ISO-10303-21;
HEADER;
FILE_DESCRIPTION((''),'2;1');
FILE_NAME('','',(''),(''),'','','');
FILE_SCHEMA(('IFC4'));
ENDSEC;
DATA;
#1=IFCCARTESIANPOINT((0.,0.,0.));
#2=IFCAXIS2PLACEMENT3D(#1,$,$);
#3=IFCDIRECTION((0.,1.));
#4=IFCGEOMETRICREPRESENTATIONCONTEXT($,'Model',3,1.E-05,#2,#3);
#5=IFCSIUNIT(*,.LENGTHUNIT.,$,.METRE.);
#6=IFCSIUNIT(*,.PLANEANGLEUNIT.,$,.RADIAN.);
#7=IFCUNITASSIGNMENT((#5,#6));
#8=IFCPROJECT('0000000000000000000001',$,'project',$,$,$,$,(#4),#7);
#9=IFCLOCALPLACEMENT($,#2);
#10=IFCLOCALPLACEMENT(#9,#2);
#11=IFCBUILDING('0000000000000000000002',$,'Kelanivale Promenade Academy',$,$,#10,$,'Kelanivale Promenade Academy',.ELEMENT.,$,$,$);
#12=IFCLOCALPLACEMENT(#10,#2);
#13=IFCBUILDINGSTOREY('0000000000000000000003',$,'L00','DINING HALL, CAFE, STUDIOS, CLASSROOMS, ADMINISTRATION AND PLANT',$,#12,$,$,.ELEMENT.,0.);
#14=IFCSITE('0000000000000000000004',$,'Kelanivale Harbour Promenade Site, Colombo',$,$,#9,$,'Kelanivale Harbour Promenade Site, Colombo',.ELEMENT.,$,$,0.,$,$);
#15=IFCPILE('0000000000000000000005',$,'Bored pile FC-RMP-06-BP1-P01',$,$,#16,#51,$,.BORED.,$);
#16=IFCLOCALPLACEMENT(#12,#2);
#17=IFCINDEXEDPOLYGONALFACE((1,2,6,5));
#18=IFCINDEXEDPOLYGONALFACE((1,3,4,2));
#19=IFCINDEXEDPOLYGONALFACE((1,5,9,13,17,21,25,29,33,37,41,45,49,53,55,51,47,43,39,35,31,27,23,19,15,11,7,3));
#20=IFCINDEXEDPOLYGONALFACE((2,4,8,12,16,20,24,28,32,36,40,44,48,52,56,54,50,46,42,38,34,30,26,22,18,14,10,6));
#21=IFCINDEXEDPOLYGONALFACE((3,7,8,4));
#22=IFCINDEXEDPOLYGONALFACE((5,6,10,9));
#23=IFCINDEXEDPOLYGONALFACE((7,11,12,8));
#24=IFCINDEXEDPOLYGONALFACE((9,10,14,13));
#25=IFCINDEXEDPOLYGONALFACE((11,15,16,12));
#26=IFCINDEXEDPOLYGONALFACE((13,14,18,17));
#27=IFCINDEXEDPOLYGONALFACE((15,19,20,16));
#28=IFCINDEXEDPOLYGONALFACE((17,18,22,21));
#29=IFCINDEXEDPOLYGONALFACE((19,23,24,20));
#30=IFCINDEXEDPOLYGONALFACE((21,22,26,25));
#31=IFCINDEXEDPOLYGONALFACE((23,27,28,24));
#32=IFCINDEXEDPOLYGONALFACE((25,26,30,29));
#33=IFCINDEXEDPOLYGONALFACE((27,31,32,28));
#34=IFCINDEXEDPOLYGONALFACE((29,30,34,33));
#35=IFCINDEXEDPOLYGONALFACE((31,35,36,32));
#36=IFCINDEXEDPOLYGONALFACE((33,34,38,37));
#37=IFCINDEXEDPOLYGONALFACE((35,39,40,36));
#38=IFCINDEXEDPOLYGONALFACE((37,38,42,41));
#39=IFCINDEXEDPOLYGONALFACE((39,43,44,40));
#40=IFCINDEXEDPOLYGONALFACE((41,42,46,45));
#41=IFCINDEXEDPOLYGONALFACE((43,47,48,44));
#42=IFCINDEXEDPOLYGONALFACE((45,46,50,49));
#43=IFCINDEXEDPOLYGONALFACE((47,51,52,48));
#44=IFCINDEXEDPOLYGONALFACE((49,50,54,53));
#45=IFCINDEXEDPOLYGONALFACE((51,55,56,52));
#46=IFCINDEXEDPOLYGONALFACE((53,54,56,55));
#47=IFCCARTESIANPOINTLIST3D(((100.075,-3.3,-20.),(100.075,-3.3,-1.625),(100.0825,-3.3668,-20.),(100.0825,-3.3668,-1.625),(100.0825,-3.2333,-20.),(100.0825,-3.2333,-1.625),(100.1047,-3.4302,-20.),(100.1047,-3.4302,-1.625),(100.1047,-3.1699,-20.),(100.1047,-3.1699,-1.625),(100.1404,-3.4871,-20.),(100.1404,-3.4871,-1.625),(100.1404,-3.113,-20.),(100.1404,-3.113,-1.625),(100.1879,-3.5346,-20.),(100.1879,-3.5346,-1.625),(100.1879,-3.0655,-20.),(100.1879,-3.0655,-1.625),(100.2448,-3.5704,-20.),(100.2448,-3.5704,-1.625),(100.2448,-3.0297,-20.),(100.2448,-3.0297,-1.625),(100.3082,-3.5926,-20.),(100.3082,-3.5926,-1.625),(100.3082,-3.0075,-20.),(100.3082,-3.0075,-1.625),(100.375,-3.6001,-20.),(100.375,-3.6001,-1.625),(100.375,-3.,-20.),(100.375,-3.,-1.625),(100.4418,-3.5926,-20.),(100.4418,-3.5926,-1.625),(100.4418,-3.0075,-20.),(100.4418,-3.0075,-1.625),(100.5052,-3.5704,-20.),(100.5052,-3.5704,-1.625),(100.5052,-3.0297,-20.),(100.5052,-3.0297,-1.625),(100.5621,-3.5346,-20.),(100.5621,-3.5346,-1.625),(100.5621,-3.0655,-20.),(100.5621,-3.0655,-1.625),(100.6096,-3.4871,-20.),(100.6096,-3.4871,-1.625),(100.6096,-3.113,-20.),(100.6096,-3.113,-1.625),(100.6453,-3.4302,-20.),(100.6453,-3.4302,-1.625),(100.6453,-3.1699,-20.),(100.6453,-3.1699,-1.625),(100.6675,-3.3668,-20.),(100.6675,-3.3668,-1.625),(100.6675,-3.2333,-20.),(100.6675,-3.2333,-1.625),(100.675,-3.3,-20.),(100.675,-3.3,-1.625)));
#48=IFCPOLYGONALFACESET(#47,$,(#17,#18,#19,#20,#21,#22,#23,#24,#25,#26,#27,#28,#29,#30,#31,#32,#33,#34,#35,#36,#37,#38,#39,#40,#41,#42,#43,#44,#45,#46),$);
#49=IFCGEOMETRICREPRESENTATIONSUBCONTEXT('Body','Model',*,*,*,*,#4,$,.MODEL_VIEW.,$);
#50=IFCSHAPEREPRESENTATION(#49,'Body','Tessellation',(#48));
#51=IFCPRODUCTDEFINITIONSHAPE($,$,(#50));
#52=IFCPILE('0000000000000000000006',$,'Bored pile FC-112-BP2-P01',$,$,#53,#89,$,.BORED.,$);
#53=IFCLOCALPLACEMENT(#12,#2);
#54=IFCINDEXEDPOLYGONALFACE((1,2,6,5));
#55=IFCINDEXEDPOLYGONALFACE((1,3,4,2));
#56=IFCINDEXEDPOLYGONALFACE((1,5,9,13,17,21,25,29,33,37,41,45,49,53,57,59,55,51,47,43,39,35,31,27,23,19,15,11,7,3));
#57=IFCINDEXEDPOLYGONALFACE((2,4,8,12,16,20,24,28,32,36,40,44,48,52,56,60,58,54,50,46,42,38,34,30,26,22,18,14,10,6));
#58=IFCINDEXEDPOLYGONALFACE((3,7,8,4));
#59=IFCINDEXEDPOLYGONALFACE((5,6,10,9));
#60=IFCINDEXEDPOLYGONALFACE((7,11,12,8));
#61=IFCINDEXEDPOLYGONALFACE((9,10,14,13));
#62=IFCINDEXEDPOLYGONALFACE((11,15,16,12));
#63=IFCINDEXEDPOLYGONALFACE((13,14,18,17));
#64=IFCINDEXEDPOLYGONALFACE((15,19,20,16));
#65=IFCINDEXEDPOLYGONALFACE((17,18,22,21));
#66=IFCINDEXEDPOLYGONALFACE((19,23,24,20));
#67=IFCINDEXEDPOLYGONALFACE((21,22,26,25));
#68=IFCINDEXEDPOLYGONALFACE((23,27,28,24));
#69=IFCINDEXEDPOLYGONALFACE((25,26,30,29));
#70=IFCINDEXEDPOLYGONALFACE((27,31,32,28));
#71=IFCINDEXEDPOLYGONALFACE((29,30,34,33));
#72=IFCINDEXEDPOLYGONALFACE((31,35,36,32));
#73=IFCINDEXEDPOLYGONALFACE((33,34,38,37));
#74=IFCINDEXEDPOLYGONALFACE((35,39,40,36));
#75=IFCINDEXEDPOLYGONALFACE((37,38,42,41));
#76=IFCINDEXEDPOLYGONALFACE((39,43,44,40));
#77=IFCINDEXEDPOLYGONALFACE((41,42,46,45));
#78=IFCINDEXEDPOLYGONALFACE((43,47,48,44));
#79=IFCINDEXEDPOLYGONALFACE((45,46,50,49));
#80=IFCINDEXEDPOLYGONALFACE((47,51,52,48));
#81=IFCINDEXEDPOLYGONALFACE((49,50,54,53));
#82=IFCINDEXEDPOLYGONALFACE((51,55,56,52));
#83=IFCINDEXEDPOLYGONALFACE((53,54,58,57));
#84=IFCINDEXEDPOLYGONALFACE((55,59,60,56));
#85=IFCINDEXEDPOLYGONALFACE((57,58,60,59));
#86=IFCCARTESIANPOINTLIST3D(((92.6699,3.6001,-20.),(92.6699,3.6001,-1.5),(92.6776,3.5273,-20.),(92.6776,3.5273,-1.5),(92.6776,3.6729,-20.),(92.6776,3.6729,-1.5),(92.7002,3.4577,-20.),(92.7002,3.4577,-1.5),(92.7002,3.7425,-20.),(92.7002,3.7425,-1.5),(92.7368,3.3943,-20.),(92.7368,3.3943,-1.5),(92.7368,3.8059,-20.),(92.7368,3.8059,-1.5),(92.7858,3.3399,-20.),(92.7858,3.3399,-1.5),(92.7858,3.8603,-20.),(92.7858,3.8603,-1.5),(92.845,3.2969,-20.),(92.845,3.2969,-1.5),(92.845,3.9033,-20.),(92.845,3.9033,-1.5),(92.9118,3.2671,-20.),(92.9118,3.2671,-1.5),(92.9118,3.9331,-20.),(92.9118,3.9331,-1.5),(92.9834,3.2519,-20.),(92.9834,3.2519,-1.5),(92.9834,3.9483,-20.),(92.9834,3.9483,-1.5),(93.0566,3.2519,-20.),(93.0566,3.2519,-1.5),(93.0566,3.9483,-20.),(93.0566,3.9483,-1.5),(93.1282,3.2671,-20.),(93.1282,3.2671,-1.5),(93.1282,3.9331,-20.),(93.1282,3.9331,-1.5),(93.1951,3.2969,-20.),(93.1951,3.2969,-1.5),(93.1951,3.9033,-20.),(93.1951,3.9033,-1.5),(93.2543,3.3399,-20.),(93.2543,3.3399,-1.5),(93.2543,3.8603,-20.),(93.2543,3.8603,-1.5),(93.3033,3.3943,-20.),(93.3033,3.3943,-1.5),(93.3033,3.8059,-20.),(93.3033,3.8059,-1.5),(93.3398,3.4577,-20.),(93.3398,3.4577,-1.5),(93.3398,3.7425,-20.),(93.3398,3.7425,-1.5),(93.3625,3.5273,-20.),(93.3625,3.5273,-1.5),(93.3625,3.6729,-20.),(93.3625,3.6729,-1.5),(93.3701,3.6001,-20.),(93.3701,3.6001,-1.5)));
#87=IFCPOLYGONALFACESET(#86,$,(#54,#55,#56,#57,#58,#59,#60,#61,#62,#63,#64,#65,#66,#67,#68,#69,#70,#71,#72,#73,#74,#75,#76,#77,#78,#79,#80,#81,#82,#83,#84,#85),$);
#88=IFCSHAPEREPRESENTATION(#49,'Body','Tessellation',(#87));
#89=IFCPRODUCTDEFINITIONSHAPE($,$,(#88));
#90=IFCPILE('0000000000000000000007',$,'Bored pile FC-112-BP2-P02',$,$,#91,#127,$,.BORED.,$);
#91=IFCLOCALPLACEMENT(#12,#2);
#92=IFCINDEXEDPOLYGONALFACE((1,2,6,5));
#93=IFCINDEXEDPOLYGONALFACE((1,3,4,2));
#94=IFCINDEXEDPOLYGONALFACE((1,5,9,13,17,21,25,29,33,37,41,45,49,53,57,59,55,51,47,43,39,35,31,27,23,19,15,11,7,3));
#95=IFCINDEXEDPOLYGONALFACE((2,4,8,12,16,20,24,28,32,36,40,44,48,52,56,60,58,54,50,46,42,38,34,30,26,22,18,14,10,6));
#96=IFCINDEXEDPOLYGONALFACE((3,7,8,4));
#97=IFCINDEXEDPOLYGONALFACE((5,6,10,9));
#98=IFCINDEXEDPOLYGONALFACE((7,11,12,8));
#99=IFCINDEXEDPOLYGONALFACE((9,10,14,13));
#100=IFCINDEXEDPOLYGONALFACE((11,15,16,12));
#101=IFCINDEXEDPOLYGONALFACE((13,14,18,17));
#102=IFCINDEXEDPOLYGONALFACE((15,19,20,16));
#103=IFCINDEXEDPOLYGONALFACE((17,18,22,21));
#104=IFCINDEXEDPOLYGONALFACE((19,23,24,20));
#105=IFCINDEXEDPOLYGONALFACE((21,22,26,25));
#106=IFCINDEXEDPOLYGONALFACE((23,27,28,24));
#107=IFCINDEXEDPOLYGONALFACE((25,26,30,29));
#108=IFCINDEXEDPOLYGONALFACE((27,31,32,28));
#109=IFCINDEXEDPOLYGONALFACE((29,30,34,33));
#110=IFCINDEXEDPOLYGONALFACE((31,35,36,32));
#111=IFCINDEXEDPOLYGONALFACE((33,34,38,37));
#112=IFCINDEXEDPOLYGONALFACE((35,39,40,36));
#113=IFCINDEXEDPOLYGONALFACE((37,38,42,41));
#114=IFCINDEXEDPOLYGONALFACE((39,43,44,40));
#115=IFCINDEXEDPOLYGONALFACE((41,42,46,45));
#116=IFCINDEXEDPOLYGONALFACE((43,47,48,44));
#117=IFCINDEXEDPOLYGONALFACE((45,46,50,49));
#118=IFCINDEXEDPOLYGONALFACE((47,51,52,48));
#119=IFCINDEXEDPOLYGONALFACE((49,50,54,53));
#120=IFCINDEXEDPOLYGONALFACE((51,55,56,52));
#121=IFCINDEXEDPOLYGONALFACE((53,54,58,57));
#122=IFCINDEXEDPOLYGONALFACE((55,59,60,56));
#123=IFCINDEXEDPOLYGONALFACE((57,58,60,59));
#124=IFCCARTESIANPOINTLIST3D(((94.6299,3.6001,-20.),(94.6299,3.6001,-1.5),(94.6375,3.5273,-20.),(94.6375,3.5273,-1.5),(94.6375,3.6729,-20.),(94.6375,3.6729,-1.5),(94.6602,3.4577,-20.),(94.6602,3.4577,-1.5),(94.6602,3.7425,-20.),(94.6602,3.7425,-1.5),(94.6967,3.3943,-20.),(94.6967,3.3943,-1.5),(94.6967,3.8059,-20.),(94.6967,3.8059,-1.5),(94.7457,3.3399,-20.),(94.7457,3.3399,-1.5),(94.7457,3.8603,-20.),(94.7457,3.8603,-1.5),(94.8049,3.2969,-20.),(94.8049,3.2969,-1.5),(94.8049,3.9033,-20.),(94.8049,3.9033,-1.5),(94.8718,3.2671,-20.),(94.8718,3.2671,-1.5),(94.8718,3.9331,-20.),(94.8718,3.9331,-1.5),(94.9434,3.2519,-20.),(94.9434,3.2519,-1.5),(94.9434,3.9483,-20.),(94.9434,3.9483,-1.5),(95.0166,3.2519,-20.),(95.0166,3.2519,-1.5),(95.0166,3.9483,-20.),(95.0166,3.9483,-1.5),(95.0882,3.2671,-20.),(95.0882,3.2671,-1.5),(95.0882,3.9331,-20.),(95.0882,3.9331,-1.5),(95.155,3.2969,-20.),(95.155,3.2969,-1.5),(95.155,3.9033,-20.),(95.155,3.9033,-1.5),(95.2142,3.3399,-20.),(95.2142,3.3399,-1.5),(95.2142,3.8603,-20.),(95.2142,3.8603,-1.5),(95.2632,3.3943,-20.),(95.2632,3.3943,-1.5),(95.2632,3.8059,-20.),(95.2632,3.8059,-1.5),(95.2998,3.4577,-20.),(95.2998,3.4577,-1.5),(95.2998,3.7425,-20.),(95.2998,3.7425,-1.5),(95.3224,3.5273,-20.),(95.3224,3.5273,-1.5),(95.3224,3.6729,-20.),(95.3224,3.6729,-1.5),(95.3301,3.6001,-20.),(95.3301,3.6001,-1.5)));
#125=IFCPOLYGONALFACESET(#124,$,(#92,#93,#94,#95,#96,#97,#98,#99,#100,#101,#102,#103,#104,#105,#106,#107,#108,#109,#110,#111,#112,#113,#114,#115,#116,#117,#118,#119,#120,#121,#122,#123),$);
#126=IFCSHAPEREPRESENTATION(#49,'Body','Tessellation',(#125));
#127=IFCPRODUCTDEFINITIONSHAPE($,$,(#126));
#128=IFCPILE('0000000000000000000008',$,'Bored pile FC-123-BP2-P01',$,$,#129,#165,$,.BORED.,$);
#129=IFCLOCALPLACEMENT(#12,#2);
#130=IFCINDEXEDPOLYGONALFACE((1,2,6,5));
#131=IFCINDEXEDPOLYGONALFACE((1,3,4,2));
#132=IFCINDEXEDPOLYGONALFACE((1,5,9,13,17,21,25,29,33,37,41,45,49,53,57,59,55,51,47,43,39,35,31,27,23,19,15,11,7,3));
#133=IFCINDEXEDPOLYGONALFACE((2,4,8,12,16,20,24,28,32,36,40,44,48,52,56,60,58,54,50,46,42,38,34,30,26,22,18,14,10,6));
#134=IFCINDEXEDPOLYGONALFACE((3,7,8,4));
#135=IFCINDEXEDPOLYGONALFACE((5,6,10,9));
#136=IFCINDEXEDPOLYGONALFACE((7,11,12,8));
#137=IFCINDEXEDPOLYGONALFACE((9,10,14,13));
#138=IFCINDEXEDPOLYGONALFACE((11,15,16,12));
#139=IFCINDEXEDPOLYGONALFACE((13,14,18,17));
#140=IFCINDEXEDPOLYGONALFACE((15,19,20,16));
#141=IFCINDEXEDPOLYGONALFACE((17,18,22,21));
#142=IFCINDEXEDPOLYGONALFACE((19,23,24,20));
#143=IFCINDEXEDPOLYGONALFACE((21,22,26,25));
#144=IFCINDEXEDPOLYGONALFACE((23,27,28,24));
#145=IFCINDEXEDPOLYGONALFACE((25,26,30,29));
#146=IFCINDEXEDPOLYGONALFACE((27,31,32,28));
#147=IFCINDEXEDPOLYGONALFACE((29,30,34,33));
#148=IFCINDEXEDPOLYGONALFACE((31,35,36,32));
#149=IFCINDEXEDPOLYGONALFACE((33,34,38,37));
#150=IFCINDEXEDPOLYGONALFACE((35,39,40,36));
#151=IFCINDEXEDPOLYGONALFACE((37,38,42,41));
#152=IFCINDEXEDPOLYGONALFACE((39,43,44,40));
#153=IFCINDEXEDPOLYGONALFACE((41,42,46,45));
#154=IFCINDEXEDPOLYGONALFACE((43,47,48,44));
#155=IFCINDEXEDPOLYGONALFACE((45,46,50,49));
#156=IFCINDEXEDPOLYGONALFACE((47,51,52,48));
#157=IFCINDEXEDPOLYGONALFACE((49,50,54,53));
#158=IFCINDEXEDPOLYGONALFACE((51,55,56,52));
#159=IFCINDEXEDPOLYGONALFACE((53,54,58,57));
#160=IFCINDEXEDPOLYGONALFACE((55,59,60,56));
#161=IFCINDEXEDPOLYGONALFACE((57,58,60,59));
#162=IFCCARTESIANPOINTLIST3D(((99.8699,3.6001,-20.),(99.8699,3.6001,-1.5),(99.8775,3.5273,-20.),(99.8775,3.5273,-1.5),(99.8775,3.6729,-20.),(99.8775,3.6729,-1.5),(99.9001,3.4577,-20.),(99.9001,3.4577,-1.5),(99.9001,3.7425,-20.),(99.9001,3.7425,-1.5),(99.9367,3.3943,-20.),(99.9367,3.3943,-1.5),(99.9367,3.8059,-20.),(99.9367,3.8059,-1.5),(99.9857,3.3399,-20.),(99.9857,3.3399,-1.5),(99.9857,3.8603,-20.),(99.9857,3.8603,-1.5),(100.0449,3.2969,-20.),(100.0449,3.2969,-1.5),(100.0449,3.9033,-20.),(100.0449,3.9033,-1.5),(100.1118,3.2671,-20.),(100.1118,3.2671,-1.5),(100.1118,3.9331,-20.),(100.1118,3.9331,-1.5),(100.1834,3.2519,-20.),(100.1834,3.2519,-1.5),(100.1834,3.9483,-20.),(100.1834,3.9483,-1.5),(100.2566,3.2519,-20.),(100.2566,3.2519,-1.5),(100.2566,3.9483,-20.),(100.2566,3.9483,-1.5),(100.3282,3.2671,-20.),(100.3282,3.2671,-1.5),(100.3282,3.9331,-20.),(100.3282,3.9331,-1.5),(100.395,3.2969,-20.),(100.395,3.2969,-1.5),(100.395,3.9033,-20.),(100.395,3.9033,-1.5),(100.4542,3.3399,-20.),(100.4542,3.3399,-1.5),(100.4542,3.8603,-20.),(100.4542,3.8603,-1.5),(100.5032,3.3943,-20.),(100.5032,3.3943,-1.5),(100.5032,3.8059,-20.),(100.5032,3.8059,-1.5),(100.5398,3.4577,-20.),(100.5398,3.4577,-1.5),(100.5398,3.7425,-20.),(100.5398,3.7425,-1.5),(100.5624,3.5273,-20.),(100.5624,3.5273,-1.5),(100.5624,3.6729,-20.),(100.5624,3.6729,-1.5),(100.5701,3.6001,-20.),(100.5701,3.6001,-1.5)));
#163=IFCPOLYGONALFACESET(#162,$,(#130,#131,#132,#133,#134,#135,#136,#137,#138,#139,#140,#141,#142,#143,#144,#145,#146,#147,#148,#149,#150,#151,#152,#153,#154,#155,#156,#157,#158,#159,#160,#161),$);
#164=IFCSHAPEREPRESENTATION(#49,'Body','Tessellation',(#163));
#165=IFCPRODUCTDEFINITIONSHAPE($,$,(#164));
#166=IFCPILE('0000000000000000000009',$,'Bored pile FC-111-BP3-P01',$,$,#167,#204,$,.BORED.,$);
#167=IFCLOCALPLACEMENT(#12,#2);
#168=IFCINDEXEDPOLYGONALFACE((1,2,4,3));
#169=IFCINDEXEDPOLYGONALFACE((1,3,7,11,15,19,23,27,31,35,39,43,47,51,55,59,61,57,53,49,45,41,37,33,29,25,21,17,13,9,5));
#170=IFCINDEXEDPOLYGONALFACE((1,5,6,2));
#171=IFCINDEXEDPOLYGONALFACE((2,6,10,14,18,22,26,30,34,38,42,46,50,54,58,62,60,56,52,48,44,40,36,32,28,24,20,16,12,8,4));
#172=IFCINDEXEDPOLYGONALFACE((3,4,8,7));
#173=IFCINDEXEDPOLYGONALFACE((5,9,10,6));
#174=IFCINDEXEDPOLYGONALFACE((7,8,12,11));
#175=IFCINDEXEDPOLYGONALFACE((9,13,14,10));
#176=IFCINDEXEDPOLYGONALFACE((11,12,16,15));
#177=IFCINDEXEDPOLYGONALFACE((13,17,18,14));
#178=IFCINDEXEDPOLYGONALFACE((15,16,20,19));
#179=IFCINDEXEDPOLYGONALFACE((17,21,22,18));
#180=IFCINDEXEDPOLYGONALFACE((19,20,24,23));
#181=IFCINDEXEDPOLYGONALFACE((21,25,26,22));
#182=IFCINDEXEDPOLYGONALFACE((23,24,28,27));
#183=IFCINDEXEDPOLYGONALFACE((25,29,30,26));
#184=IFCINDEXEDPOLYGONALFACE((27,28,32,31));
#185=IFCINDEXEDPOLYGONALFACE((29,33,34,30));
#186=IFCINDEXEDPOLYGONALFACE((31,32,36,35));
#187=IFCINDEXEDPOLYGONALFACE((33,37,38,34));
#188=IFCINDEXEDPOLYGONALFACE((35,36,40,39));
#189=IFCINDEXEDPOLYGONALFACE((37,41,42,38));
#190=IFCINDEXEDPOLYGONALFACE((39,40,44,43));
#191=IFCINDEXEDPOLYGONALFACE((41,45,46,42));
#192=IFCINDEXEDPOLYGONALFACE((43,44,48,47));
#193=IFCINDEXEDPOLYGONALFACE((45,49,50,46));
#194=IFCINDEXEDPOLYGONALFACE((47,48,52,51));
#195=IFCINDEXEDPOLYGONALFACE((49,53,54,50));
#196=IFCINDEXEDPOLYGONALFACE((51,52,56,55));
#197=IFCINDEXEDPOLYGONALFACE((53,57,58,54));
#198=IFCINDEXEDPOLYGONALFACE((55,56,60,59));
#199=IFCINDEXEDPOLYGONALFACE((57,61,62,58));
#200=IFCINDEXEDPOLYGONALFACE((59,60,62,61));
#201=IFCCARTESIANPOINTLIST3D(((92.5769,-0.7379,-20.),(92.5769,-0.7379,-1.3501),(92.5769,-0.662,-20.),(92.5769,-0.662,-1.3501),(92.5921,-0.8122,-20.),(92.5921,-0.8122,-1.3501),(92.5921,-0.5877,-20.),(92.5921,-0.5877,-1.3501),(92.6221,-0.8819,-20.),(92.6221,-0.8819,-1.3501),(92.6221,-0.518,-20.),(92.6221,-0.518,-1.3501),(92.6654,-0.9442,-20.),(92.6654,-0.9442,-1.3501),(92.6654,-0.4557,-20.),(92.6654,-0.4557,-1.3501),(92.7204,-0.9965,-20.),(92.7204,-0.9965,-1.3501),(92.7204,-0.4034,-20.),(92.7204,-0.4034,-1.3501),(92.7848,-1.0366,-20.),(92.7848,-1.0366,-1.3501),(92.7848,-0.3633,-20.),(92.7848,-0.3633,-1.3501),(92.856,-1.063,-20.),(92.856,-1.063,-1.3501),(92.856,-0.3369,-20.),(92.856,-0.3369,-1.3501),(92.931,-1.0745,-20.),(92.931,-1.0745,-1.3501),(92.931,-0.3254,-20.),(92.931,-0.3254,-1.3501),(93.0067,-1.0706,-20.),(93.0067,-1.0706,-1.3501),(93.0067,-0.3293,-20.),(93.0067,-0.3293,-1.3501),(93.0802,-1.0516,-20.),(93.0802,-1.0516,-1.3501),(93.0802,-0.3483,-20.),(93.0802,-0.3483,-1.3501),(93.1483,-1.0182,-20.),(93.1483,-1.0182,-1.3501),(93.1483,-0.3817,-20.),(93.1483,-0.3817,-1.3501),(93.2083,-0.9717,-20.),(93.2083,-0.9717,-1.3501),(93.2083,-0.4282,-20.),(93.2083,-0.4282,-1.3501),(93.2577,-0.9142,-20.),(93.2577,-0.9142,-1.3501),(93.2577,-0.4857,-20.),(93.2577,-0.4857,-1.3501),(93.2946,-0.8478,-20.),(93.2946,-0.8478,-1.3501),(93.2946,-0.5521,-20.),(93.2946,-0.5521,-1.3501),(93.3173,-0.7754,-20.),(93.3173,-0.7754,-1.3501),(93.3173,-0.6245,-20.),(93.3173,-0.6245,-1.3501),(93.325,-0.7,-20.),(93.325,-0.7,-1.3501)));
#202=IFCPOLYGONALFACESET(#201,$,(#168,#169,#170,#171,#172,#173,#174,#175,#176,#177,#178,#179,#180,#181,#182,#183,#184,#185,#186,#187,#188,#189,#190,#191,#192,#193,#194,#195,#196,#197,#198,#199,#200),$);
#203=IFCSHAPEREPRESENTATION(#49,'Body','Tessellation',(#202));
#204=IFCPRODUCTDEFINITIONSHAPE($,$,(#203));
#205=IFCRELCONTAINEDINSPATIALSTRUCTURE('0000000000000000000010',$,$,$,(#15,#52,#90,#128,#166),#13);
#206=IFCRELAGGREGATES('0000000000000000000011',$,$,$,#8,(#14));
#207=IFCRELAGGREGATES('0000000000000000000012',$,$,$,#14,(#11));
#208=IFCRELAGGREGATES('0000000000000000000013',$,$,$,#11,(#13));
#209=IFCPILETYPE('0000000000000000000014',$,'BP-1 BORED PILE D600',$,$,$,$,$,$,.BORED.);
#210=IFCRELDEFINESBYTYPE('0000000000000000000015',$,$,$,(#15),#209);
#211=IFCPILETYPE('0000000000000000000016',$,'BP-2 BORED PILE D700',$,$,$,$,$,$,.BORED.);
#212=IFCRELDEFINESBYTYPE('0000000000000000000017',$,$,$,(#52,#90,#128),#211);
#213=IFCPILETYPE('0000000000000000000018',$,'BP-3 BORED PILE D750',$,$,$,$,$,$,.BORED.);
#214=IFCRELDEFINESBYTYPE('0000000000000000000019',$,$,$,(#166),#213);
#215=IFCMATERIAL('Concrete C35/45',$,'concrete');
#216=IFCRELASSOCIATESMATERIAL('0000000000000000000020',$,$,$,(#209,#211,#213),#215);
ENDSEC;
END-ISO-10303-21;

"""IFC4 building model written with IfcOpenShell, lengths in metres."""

from ifc_helpers import new_model, si_unit, direction, frame, origin, origin_2d, place, context, subcontext, project, spatial, circle, extrude, material, material_profile, profile_set, type_object, element, save


model = new_model("IFC4")

# Units and contexts
model_context = context("Model", 3, precision=1e-05, world=origin(), true_north=direction((0.0, 1.0)))
body_context = subcontext(model_context, "Body", "Model", "MODEL_VIEW")
ifc_project = project(units=[si_unit("LENGTHUNIT", "METRE"), si_unit("PLANEANGLEUNIT", "RADIAN")], contexts=[model_context])

# Site, building, storey
site_placement = place(None, origin())
site = spatial("IfcSite", under=ifc_project, at=site_placement, Name="Kelanivale Harbour Promenade Site, Colombo", LongName="Kelanivale Harbour Promenade Site, Colombo", CompositionType="ELEMENT", RefElevation=0.0)
building_placement = place(site_placement, origin())
building = spatial("IfcBuilding", under=site, at=building_placement, Name="Kelanivale Promenade Academy", LongName="Kelanivale Promenade Academy", CompositionType="ELEMENT")
storey_placement = place(building_placement, origin())
storey = spatial("IfcBuildingStorey", under=building, at=storey_placement, Name="L00", Description="DINING HALL, CAFE, STUDIOS, CLASSROOMS, ADMINISTRATION AND PLANT", CompositionType="ELEMENT", Elevation=0.0)

# Piles
ifc_material_1 = material(Name="Concrete C35/45", Category="concrete")
ifc_material_profile_1 = material_profile(ifc_material_1, circle(Radius=0.3, at=origin_2d()), Name="BORED PILE D600")
ifc_profile_set_1 = profile_set([ifc_material_profile_1], Name="Concrete C35/45")
pile_type_1 = type_object("IfcPileType", Name="BP-1 BORED PILE D600", PredefinedType="BORED", material=ifc_profile_set_1)
pile_placement = place(storey_placement, frame((100.375, -3.3, -1.625), z_axis=(0.0, 0.0, -1.0), x_axis=(1.0, 0.0, 0.0)))
element("IfcPile", 1, at=pile_placement, inside=storey, type_object=pile_type_1, Name="Bored pile FC-RMP-06-BP1-P01", PredefinedType="BORED", context=body_context, shape_type="SweptSolid", body=[
    extrude(circle(Radius=0.3, at=origin_2d()), origin(), (0.0, 0.0, 1.0), 18.375),
])
ifc_material_profile_2 = material_profile(ifc_material_1, circle(Radius=0.3501, at=origin_2d()), Name="BORED PILE D700")
ifc_profile_set_2 = profile_set([ifc_material_profile_2], Name="Concrete C35/45")
pile_type_2 = type_object("IfcPileType", Name="BP-2 BORED PILE D700", PredefinedType="BORED", material=ifc_profile_set_2)
for number, where, z_axis, x_axis, name in (
    (2, (93.02, 3.6001, -1.5), (0.0, 0.0, -1.0), (1.0, 0.0, 0.0), "Bored pile FC-112-BP2-P01"),
    (3, (94.98, 3.6001, -1.5), (0.0, 0.0, -1.0), (1.0, 0.0, 0.0), "Bored pile FC-112-BP2-P02"),
    (4, (100.22, 3.6001, -1.5), (0.0, 0.0, -1.0), (1.0, 0.0, 0.0), "Bored pile FC-123-BP2-P01"),
):
    element("IfcPile", number, at=place(storey_placement, frame(where, z_axis=z_axis, x_axis=x_axis)), inside=storey, type_object=pile_type_2, Name=name, PredefinedType="BORED", context=body_context, shape_type="SweptSolid", body=[
        extrude(circle(Radius=0.3501, at=origin_2d()), origin(), (0.0, 0.0, 1.0), 18.5),
    ])
ifc_material_profile_3 = material_profile(ifc_material_1, circle(Radius=0.375, at=origin_2d()), Name="BORED PILE D750")
ifc_profile_set_3 = profile_set([ifc_material_profile_3], Name="Concrete C35/45")
pile_type_3 = type_object("IfcPileType", Name="BP-3 BORED PILE D750", PredefinedType="BORED", material=ifc_profile_set_3)
for number, where, z_axis, x_axis, name in (
    (5, (92.95, -0.7, -1.3501), (0.0, 0.0, -1.0), (1.0, 0.0, 0.0), "Bored pile FC-111-BP3-P01"),
):
    element("IfcPile", number, at=place(storey_placement, frame(where, z_axis=z_axis, x_axis=x_axis)), inside=storey, type_object=pile_type_3, Name=name, PredefinedType="BORED", context=body_context, shape_type="SweptSolid", body=[
        extrude(circle(Radius=0.375, at=origin_2d()), origin(), (0.0, 0.0, 1.0), 18.6499),
    ])

save(model, "model.ifc")
